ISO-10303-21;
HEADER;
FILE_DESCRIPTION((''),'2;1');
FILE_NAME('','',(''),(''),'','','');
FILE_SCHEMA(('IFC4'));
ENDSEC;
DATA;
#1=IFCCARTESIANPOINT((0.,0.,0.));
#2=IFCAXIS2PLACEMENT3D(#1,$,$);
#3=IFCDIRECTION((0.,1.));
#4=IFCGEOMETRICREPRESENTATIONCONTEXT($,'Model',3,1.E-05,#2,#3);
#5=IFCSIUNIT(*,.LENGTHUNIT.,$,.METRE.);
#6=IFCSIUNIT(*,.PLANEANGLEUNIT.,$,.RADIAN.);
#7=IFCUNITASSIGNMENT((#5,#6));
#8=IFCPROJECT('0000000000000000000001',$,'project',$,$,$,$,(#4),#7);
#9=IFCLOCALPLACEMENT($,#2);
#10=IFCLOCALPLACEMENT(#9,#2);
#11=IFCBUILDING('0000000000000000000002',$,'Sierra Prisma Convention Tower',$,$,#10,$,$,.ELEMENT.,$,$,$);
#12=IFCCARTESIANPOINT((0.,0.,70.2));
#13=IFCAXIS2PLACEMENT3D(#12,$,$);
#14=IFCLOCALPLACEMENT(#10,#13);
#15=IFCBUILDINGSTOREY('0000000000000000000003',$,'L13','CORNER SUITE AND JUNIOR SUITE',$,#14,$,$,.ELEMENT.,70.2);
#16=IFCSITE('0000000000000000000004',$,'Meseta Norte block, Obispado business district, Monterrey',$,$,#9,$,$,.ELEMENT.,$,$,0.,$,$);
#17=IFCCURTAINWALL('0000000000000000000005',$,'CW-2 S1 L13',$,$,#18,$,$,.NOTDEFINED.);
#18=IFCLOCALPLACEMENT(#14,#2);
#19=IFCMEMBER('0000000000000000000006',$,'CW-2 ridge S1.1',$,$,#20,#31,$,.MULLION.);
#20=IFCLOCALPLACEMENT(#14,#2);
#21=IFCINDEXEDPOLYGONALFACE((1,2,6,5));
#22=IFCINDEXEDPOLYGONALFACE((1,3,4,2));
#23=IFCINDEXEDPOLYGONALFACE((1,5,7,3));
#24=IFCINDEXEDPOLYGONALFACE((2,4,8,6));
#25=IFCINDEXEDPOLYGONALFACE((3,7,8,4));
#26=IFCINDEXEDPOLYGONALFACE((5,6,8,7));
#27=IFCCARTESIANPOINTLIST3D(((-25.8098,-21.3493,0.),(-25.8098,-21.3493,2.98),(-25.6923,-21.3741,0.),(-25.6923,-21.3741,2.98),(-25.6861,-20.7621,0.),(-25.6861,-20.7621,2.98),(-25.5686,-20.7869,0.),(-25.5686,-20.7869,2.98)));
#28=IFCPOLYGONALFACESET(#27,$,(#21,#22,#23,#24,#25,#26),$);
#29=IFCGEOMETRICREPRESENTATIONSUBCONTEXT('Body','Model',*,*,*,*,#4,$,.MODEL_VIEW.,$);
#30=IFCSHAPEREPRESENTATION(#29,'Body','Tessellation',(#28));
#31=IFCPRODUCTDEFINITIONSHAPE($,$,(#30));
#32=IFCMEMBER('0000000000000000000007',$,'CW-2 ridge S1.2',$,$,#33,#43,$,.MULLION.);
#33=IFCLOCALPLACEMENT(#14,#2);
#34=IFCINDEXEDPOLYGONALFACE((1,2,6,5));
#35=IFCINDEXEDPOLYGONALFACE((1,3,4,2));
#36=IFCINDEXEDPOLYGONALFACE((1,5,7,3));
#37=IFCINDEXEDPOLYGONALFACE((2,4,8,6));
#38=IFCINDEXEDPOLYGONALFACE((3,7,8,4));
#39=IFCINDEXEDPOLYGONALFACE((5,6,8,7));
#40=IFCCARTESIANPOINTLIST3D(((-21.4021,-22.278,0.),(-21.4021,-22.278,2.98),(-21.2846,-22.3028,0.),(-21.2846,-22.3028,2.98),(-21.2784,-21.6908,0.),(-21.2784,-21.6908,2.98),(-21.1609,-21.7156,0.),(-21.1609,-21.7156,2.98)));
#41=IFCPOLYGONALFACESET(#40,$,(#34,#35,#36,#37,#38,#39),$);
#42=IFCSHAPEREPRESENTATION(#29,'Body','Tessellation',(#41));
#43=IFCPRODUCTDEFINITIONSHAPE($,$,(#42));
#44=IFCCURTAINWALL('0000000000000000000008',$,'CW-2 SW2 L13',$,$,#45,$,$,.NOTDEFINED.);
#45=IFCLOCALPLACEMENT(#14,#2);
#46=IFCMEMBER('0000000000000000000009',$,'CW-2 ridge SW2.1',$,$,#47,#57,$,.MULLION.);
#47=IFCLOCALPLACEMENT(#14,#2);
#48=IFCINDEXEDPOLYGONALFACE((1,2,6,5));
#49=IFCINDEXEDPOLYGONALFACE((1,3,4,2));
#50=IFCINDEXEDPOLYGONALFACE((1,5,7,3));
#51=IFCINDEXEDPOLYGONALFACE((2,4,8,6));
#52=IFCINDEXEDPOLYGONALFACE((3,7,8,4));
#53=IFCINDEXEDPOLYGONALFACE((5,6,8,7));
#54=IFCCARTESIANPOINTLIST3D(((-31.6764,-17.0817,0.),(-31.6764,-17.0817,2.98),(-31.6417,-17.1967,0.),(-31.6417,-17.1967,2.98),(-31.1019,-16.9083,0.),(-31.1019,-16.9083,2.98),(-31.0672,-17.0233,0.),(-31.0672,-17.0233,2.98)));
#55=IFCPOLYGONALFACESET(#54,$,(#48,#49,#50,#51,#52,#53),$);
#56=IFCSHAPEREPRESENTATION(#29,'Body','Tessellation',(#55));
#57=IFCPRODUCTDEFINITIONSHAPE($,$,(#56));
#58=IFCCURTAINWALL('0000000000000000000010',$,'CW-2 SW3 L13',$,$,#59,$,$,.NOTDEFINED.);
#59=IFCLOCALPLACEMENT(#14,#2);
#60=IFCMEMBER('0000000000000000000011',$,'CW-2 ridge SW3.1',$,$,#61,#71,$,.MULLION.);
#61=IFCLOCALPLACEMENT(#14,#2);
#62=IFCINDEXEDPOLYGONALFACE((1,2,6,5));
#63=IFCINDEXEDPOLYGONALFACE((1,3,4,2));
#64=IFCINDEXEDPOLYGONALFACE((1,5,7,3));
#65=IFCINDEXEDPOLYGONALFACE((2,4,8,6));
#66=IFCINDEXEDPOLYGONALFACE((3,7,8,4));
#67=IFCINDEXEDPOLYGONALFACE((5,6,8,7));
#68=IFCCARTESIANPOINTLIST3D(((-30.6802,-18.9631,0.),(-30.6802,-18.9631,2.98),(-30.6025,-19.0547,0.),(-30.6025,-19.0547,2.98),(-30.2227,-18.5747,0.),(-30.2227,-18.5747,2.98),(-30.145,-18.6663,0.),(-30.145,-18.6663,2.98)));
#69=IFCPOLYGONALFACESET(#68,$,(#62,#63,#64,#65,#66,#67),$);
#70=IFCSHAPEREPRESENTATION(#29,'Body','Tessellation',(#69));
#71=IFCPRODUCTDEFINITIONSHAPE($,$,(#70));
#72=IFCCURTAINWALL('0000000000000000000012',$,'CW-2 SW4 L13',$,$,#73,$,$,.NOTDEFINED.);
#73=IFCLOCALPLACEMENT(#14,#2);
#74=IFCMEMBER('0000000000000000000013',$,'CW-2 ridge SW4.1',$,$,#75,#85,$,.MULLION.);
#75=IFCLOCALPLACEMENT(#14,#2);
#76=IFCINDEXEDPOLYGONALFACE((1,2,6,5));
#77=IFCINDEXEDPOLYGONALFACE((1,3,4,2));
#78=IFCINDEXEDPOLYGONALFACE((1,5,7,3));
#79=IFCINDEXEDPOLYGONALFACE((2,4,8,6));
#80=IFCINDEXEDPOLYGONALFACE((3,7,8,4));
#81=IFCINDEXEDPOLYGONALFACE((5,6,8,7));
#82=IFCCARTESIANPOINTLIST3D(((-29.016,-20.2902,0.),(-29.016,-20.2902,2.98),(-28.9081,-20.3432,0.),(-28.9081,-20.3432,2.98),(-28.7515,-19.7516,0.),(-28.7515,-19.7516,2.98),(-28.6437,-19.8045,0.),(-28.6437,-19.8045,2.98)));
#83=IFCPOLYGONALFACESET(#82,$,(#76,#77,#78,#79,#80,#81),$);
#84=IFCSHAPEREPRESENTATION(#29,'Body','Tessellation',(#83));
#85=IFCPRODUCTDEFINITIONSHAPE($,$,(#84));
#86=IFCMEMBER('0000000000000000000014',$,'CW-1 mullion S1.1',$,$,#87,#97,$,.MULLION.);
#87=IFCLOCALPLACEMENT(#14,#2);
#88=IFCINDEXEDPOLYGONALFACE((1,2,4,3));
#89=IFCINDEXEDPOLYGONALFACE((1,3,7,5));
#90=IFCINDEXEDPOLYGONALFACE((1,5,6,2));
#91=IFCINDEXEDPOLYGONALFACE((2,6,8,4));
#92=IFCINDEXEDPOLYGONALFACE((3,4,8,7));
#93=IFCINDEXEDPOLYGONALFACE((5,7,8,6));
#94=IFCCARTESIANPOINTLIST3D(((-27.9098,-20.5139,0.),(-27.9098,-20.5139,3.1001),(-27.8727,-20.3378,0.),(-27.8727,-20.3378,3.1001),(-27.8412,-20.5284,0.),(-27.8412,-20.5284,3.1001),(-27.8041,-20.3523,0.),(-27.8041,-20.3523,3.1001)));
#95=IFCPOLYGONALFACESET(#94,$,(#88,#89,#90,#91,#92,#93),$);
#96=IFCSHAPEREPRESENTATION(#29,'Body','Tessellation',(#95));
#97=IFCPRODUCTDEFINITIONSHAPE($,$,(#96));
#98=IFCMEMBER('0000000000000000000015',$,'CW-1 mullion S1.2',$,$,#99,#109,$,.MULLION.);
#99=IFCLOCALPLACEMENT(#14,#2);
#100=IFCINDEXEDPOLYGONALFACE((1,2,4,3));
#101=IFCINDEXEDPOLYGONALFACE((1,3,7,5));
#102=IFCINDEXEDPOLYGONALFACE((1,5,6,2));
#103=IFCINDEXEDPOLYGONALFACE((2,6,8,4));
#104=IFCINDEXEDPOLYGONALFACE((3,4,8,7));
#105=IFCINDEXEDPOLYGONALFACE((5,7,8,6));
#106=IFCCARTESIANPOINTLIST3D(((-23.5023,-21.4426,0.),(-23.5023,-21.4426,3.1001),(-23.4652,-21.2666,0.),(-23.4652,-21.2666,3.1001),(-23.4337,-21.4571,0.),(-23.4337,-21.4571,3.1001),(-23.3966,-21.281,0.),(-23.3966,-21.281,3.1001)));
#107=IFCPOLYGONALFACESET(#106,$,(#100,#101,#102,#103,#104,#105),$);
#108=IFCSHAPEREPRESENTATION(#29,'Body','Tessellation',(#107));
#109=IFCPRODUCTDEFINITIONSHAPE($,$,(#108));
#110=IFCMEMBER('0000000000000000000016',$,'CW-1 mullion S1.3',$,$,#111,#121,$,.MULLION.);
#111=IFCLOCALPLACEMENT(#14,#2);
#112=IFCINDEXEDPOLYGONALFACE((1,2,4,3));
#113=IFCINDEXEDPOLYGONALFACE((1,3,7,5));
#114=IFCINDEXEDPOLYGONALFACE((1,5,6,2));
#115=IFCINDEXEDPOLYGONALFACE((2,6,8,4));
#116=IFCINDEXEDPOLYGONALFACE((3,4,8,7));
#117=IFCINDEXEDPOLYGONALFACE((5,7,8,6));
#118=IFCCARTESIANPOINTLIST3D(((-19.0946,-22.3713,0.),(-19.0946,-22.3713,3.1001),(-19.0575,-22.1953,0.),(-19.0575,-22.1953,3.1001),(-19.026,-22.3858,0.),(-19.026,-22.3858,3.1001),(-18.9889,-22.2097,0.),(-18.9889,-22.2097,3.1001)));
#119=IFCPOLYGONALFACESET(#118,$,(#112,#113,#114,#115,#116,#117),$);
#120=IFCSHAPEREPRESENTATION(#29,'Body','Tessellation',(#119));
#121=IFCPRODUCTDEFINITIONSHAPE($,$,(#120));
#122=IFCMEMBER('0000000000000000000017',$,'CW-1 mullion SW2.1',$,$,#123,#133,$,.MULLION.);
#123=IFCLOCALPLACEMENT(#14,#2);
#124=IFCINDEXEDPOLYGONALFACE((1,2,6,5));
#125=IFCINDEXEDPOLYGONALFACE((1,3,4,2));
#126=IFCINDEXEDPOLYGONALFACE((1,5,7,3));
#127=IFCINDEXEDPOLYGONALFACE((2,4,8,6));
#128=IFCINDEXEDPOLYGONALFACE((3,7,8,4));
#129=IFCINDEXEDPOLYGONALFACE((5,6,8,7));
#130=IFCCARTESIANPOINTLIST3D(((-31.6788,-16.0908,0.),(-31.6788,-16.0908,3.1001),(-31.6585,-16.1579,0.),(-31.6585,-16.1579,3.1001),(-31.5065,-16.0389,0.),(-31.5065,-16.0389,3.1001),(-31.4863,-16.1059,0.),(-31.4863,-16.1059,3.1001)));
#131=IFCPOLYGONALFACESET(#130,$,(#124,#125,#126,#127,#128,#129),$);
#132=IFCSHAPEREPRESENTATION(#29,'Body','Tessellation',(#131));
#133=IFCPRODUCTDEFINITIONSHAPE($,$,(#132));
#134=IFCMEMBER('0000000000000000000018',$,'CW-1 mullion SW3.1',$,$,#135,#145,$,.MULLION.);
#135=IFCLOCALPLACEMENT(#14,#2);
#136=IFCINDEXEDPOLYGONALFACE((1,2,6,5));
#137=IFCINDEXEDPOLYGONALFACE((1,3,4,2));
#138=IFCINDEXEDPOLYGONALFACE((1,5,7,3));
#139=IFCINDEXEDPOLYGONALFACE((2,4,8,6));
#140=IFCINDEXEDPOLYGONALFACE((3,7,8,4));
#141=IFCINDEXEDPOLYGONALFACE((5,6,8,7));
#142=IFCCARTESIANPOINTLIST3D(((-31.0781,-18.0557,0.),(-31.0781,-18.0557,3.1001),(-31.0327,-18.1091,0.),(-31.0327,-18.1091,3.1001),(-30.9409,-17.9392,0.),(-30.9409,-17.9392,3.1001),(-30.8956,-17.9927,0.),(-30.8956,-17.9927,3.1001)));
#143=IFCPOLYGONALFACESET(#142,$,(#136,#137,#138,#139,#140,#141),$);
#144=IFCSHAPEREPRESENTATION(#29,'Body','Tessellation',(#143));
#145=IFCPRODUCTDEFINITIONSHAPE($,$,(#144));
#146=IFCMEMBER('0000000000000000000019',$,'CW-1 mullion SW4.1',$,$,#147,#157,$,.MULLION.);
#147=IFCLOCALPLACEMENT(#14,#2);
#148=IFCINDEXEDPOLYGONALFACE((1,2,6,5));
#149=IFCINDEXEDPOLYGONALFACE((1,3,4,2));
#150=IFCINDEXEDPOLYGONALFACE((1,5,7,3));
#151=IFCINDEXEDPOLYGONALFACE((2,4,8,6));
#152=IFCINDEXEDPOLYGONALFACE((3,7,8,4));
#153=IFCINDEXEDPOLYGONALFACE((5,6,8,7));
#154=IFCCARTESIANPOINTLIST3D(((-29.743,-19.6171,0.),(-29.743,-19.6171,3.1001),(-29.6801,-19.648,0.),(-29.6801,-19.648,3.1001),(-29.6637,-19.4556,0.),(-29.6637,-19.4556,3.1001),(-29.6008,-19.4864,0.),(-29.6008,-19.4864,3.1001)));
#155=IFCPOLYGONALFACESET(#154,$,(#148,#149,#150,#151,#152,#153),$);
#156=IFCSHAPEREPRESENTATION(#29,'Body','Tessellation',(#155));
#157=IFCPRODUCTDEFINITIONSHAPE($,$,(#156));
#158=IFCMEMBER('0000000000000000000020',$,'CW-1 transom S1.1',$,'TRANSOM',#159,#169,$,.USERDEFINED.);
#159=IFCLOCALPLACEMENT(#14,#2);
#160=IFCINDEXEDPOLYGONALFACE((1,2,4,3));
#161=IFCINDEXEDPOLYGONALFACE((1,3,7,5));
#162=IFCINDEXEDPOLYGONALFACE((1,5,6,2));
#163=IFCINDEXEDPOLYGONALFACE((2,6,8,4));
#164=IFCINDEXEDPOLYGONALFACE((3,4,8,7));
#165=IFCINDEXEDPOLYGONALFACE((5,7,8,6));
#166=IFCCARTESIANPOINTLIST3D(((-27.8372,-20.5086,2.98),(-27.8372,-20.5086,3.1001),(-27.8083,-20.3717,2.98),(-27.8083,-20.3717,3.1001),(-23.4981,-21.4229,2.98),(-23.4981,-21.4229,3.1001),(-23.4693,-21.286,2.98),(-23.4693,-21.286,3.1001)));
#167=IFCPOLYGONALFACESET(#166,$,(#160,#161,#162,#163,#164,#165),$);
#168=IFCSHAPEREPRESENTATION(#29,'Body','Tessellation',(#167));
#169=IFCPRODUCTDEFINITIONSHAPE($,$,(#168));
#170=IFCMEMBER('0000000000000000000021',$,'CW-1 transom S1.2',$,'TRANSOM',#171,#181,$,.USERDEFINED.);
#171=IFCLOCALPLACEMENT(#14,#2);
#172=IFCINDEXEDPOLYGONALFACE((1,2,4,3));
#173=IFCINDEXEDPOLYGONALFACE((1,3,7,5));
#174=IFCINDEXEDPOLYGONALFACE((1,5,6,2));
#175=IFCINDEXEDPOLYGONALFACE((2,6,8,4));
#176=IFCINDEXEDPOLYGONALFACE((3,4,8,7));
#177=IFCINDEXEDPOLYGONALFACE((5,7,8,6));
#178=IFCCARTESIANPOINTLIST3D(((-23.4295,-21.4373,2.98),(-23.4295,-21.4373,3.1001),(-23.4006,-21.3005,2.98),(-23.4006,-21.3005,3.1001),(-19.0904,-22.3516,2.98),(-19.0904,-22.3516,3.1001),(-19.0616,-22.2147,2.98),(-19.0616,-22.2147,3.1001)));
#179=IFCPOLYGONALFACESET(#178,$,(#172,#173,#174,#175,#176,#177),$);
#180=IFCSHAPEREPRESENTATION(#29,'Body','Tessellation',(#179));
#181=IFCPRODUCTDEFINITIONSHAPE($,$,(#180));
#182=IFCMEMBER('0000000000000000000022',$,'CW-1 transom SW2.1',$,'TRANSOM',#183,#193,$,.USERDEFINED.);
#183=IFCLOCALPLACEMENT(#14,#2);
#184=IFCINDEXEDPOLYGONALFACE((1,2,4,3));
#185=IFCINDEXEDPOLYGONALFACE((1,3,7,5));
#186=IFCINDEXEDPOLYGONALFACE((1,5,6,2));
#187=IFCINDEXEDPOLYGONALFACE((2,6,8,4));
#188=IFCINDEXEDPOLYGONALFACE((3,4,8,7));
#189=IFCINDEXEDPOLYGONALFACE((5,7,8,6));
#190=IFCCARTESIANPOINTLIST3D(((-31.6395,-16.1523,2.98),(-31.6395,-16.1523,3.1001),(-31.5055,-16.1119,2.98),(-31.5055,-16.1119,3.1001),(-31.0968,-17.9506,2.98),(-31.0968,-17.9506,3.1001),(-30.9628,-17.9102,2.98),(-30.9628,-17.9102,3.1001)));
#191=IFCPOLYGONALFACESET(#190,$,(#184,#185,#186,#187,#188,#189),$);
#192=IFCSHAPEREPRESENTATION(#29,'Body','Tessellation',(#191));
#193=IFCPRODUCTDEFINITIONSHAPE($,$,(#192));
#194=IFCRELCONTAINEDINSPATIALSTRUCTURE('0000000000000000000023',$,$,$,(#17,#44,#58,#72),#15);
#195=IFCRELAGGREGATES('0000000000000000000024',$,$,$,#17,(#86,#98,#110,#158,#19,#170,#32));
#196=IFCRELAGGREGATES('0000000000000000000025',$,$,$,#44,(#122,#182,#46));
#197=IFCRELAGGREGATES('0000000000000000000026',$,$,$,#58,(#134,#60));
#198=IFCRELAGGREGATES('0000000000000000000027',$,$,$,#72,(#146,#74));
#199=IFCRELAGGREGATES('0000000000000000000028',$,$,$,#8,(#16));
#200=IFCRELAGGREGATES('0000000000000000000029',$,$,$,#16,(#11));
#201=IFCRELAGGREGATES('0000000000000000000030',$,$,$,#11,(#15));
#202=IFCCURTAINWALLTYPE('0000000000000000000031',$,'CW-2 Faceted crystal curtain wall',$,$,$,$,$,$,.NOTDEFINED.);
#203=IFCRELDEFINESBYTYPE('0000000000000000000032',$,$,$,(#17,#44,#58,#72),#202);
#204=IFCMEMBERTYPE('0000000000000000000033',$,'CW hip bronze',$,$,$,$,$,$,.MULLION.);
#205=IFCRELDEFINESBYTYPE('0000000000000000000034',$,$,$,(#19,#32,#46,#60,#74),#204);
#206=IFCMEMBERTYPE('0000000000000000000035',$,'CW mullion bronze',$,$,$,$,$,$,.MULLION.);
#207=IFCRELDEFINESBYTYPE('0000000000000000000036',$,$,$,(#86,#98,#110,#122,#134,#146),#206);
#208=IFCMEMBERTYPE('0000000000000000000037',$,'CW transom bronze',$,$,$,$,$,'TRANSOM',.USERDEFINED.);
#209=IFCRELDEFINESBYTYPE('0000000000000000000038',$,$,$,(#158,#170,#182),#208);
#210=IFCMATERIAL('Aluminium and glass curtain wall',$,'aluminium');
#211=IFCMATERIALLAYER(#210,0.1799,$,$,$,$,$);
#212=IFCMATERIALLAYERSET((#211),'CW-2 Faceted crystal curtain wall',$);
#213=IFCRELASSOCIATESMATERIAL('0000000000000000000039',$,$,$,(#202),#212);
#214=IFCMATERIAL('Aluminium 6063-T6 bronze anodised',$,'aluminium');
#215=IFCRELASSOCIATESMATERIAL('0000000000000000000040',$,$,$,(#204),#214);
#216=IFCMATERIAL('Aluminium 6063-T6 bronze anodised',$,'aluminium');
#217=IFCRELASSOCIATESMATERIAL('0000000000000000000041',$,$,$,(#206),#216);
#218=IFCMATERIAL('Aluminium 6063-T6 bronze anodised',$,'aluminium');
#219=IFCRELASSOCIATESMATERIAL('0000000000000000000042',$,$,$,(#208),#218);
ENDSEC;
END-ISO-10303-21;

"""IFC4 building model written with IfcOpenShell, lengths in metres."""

from ifc_helpers import new_model, si_unit, direction, frame, origin, origin_2d, place, context, subcontext, project, spatial, rectangle, extrude, material, layer, layer_set, material_profile, profile_set, type_object, element, aggregate, save


model = new_model("IFC4")

# Units and contexts
model_context = context("Model", 3, precision=1e-05, world=origin(), true_north=direction((0.0, 1.0)))
body_context = subcontext(model_context, "Body", "Model", "MODEL_VIEW")
ifc_project = project(units=[si_unit("LENGTHUNIT", "METRE"), si_unit("PLANEANGLEUNIT", "RADIAN")], contexts=[model_context])

# Site, building, storey
site_placement = place(None, origin())
site = spatial("IfcSite", under=ifc_project, at=site_placement, Name="Meseta Norte block, Obispado business district, Monterrey", CompositionType="ELEMENT", RefElevation=0.0)
building_placement = place(site_placement, origin())
building = spatial("IfcBuilding", under=site, at=building_placement, Name="Sierra Prisma Convention Tower", CompositionType="ELEMENT")
storey_placement = place(building_placement, frame((0.0, 0.0, 70.2)))
storey = spatial("IfcBuildingStorey", under=building, at=storey_placement, Name="L13", Description="CORNER SUITE AND JUNIOR SUITE", CompositionType="ELEMENT", Elevation=70.2)

# Curtain wall, members
ifc_material_1 = material(Name="Aluminium and glass curtain wall", Category="aluminium")
ifc_layer_1 = layer(ifc_material_1, 0.1799)
ifc_layer_set_1 = layer_set([ifc_layer_1], Name="CW-2 Faceted crystal curtain wall")
curtain_wall_type = type_object("IfcCurtainWallType", Name="CW-2 Faceted crystal curtain wall", PredefinedType="NOTDEFINED", material=ifc_layer_set_1)
curtain_wall_1_placement = place(storey_placement, origin())
curtain_wall_1 = element("IfcCurtainWall", 1, at=curtain_wall_1_placement, inside=storey, type_object=curtain_wall_type, Name="CW-2 S1 L13", PredefinedType="NOTDEFINED")
ifc_material_2 = material(Name="Aluminium 6063-T6 bronze anodised", Category="aluminium")
ifc_material_profile_1 = material_profile(ifc_material_2, rectangle(XDim=0.1201, YDim=0.6001, at=origin_2d()), Name="ALU RIDGE BLADE 120x600")
ifc_profile_set_1 = profile_set([ifc_material_profile_1], Name="Aluminium 6063-T6 bronze anodised")
member_type_1 = type_object("IfcMemberType", Name="CW hip bronze", PredefinedType="MULLION", material=ifc_profile_set_1)
member_1_placement = place(storey_placement, frame((-25.6892, -21.0681, 0.0), z_axis=(0.0, 0.0, 1.0), x_axis=(0.978513, -0.206183, 0.0)))
member_1 = element("IfcMember", 2, at=member_1_placement, type_object=member_type_1, Name="CW-2 ridge S1.1", PredefinedType="MULLION", context=body_context, shape_type="SweptSolid", body=[
    extrude(rectangle(XDim=0.1201, YDim=0.6001, at=origin_2d()), origin(), (0.0, 0.0, 1.0), 2.98),
])
member_2_placement = place(storey_placement, frame((-21.2815, -21.9968, 0.0), z_axis=(0.0, 0.0, 1.0), x_axis=(0.978513, -0.206183, 0.0)))
member_2 = element("IfcMember", 3, at=member_2_placement, type_object=member_type_1, Name="CW-2 ridge S1.2", PredefinedType="MULLION", context=body_context, shape_type="SweptSolid", body=[
    extrude(rectangle(XDim=0.1201, YDim=0.6001, at=origin_2d()), origin(), (0.0, 0.0, 1.0), 2.98),
])

# Curtain walls, members
curtain_wall_2_placement = place(storey_placement, origin())
curtain_wall_2 = element("IfcCurtainWall", 4, at=curtain_wall_2_placement, inside=storey, type_object=curtain_wall_type, Name="CW-2 SW2 L13", PredefinedType="NOTDEFINED")
member_3_placement = place(storey_placement, frame((-31.3718, -17.0525, 0.0), z_axis=(0.0, 0.0, 1.0), x_axis=(0.288954, -0.957343, 0.0)))
member_3 = element("IfcMember", 5, at=member_3_placement, type_object=member_type_1, Name="CW-2 ridge SW2.1", PredefinedType="MULLION", context=body_context, shape_type="SweptSolid", body=[
    extrude(rectangle(XDim=0.1201, YDim=0.6001, at=origin_2d()), origin(), (0.0, 0.0, 1.0), 2.98),
])
curtain_wall_3_placement = place(storey_placement, origin())
curtain_wall_3 = element("IfcCurtainWall", 6, at=curtain_wall_3_placement, inside=storey, type_object=curtain_wall_type, Name="CW-2 SW3 L13", PredefinedType="NOTDEFINED")
member_4_placement = place(storey_placement, frame((-30.4126, -18.8147, 0.0), z_axis=(0.0, 0.0, 1.0), x_axis=(0.64712, -0.762388, 0.0)))
member_4 = element("IfcMember", 7, at=member_4_placement, type_object=member_type_1, Name="CW-2 ridge SW3.1", PredefinedType="MULLION", context=body_context, shape_type="SweptSolid", body=[
    extrude(rectangle(XDim=0.1201, YDim=0.6001, at=origin_2d()), origin(), (0.0, 0.0, 1.0), 2.98),
])
curtain_wall_4_placement = place(storey_placement, origin())
curtain_wall_4 = element("IfcCurtainWall", 8, at=curtain_wall_4_placement, inside=storey, type_object=curtain_wall_type, Name="CW-2 SW4 L13", PredefinedType="NOTDEFINED")
member_5_placement = place(storey_placement, frame((-28.8298, -20.0474, 0.0), z_axis=(0.0, 0.0, 1.0), x_axis=(0.897677, -0.440654, 0.0)))
member_5 = element("IfcMember", 9, at=member_5_placement, type_object=member_type_1, Name="CW-2 ridge SW4.1", PredefinedType="MULLION", context=body_context, shape_type="SweptSolid", body=[
    extrude(rectangle(XDim=0.1201, YDim=0.6001, at=origin_2d()), origin(), (0.0, 0.0, 1.0), 2.98),
])

# Members
ifc_material_3 = material(Name="Aluminium 6063-T6 bronze anodised", Category="aluminium")
ifc_material_profile_2 = material_profile(ifc_material_3, rectangle(XDim=0.1799, YDim=0.0701, at=origin_2d()), Name="ALU MULLION 70x180")
ifc_profile_set_2 = profile_set([ifc_material_profile_2], Name="Aluminium 6063-T6 bronze anodised")
member_type_2 = type_object("IfcMemberType", Name="CW mullion bronze", PredefinedType="MULLION", material=ifc_profile_set_2)
member_6_placement = place(storey_placement, frame((-27.8569, -20.4331, 0.0), z_axis=(0.0, 0.0, 1.0), x_axis=(0.206183, 0.978513, 0.0)))
member_6 = element("IfcMember", 10, at=member_6_placement, type_object=member_type_2, Name="CW-1 mullion S1.1", PredefinedType="MULLION", context=body_context, shape_type="SweptSolid", body=[
    extrude(rectangle(XDim=0.1799, YDim=0.0701, at=origin_2d()), origin(), (0.0, 0.0, 1.0), 3.1001),
])
member_7_placement = place(storey_placement, frame((-23.4495, -21.3618, 0.0), z_axis=(0.0, 0.0, 1.0), x_axis=(0.206183, 0.978513, 0.0)))
member_7 = element("IfcMember", 11, at=member_7_placement, type_object=member_type_2, Name="CW-1 mullion S1.2", PredefinedType="MULLION", context=body_context, shape_type="SweptSolid", body=[
    extrude(rectangle(XDim=0.1799, YDim=0.0701, at=origin_2d()), origin(), (0.0, 0.0, 1.0), 3.1001),
])
member_8_placement = place(storey_placement, frame((-19.0417, -22.2905, 0.0), z_axis=(0.0, 0.0, 1.0), x_axis=(0.206183, 0.978513, 0.0)))
member_8 = element("IfcMember", 12, at=member_8_placement, type_object=member_type_2, Name="CW-1 mullion S1.3", PredefinedType="MULLION", context=body_context, shape_type="SweptSolid", body=[
    extrude(rectangle(XDim=0.1799, YDim=0.0701, at=origin_2d()), origin(), (0.0, 0.0, 1.0), 3.1001),
])
member_9_placement = place(storey_placement, frame((-31.5825, -16.0984, 0.0), z_axis=(0.0, 0.0, 1.0), x_axis=(0.957343, 0.288954, 0.0)))
member_9 = element("IfcMember", 13, at=member_9_placement, type_object=member_type_2, Name="CW-1 mullion SW2.1", PredefinedType="MULLION", context=body_context, shape_type="SweptSolid", body=[
    extrude(rectangle(XDim=0.1799, YDim=0.0701, at=origin_2d()), origin(), (0.0, 0.0, 1.0), 3.1001),
])
member_10_placement = place(storey_placement, frame((-30.9868, -18.0242, 0.0), z_axis=(0.0, 0.0, 1.0), x_axis=(0.762388, 0.64712, 0.0)))
member_10 = element("IfcMember", 14, at=member_10_placement, type_object=member_type_2, Name="CW-1 mullion SW3.1", PredefinedType="MULLION", context=body_context, shape_type="SweptSolid", body=[
    extrude(rectangle(XDim=0.1799, YDim=0.0701, at=origin_2d()), origin(), (0.0, 0.0, 1.0), 3.1001),
])
member_11_placement = place(storey_placement, frame((-29.6719, -19.5518, 0.0), z_axis=(0.0, 0.0, 1.0), x_axis=(0.440654, 0.897677, 0.0)))
member_11 = element("IfcMember", 15, at=member_11_placement, type_object=member_type_2, Name="CW-1 mullion SW4.1", PredefinedType="MULLION", context=body_context, shape_type="SweptSolid", body=[
    extrude(rectangle(XDim=0.1799, YDim=0.0701, at=origin_2d()), origin(), (0.0, 0.0, 1.0), 3.1001),
])
ifc_material_4 = material(Name="Aluminium 6063-T6 bronze anodised", Category="aluminium")
ifc_material_profile_3 = material_profile(ifc_material_4, rectangle(XDim=0.1399, YDim=0.1201, at=origin_2d()), Name="ALU TRANSOM 120x140")
ifc_profile_set_3 = profile_set([ifc_material_profile_3], Name="Aluminium 6063-T6 bronze anodised")
member_type_3 = type_object("IfcMemberType", Name="CW transom bronze", ElementType="TRANSOM", PredefinedType="USERDEFINED", material=ifc_profile_set_3)
member_12_placement = place(storey_placement, frame((-27.8228, -20.4402, 3.04), z_axis=(0.978513, -0.206185, 0.0), x_axis=(0.206185, 0.978513, 0.0)))
member_12 = element("IfcMember", 16, at=member_12_placement, type_object=member_type_3, Name="CW-1 transom S1.1", ObjectType="TRANSOM", PredefinedType="USERDEFINED", context=body_context, shape_type="SweptSolid", body=[
    extrude(rectangle(XDim=0.1399, YDim=0.1201, at=origin_2d()), origin(), (0.0, 0.0, 1.0), 4.4343),
])
member_13_placement = place(storey_placement, frame((-23.415, -21.3689, 3.04), z_axis=(0.978513, -0.206185, 0.0), x_axis=(0.206185, 0.978513, 0.0)))
member_13 = element("IfcMember", 17, at=member_13_placement, type_object=member_type_3, Name="CW-1 transom S1.2", ObjectType="TRANSOM", PredefinedType="USERDEFINED", context=body_context, shape_type="SweptSolid", body=[
    extrude(rectangle(XDim=0.1399, YDim=0.1201, at=origin_2d()), origin(), (0.0, 0.0, 1.0), 4.4343),
])
member_14_placement = place(storey_placement, frame((-31.5725, -16.1321, 3.04), z_axis=(0.288921, -0.957353, 0.0), x_axis=(0.957353, 0.288921, 0.0)))
member_14 = element("IfcMember", 18, at=member_14_placement, type_object=member_type_3, Name="CW-1 transom SW2.1", ObjectType="TRANSOM", PredefinedType="USERDEFINED", context=body_context, shape_type="SweptSolid", body=[
    extrude(rectangle(XDim=0.1399, YDim=0.1201, at=origin_2d()), origin(), (0.0, 0.0, 1.0), 1.8784),
])

aggregate(curtain_wall_1, [member_6, member_7, member_8, member_12, member_1, member_13, member_2])

aggregate(curtain_wall_2, [member_9, member_14, member_3])
aggregate(curtain_wall_3, [member_10, member_4])
aggregate(curtain_wall_4, [member_11, member_5])

save(model, "model.ifc")
